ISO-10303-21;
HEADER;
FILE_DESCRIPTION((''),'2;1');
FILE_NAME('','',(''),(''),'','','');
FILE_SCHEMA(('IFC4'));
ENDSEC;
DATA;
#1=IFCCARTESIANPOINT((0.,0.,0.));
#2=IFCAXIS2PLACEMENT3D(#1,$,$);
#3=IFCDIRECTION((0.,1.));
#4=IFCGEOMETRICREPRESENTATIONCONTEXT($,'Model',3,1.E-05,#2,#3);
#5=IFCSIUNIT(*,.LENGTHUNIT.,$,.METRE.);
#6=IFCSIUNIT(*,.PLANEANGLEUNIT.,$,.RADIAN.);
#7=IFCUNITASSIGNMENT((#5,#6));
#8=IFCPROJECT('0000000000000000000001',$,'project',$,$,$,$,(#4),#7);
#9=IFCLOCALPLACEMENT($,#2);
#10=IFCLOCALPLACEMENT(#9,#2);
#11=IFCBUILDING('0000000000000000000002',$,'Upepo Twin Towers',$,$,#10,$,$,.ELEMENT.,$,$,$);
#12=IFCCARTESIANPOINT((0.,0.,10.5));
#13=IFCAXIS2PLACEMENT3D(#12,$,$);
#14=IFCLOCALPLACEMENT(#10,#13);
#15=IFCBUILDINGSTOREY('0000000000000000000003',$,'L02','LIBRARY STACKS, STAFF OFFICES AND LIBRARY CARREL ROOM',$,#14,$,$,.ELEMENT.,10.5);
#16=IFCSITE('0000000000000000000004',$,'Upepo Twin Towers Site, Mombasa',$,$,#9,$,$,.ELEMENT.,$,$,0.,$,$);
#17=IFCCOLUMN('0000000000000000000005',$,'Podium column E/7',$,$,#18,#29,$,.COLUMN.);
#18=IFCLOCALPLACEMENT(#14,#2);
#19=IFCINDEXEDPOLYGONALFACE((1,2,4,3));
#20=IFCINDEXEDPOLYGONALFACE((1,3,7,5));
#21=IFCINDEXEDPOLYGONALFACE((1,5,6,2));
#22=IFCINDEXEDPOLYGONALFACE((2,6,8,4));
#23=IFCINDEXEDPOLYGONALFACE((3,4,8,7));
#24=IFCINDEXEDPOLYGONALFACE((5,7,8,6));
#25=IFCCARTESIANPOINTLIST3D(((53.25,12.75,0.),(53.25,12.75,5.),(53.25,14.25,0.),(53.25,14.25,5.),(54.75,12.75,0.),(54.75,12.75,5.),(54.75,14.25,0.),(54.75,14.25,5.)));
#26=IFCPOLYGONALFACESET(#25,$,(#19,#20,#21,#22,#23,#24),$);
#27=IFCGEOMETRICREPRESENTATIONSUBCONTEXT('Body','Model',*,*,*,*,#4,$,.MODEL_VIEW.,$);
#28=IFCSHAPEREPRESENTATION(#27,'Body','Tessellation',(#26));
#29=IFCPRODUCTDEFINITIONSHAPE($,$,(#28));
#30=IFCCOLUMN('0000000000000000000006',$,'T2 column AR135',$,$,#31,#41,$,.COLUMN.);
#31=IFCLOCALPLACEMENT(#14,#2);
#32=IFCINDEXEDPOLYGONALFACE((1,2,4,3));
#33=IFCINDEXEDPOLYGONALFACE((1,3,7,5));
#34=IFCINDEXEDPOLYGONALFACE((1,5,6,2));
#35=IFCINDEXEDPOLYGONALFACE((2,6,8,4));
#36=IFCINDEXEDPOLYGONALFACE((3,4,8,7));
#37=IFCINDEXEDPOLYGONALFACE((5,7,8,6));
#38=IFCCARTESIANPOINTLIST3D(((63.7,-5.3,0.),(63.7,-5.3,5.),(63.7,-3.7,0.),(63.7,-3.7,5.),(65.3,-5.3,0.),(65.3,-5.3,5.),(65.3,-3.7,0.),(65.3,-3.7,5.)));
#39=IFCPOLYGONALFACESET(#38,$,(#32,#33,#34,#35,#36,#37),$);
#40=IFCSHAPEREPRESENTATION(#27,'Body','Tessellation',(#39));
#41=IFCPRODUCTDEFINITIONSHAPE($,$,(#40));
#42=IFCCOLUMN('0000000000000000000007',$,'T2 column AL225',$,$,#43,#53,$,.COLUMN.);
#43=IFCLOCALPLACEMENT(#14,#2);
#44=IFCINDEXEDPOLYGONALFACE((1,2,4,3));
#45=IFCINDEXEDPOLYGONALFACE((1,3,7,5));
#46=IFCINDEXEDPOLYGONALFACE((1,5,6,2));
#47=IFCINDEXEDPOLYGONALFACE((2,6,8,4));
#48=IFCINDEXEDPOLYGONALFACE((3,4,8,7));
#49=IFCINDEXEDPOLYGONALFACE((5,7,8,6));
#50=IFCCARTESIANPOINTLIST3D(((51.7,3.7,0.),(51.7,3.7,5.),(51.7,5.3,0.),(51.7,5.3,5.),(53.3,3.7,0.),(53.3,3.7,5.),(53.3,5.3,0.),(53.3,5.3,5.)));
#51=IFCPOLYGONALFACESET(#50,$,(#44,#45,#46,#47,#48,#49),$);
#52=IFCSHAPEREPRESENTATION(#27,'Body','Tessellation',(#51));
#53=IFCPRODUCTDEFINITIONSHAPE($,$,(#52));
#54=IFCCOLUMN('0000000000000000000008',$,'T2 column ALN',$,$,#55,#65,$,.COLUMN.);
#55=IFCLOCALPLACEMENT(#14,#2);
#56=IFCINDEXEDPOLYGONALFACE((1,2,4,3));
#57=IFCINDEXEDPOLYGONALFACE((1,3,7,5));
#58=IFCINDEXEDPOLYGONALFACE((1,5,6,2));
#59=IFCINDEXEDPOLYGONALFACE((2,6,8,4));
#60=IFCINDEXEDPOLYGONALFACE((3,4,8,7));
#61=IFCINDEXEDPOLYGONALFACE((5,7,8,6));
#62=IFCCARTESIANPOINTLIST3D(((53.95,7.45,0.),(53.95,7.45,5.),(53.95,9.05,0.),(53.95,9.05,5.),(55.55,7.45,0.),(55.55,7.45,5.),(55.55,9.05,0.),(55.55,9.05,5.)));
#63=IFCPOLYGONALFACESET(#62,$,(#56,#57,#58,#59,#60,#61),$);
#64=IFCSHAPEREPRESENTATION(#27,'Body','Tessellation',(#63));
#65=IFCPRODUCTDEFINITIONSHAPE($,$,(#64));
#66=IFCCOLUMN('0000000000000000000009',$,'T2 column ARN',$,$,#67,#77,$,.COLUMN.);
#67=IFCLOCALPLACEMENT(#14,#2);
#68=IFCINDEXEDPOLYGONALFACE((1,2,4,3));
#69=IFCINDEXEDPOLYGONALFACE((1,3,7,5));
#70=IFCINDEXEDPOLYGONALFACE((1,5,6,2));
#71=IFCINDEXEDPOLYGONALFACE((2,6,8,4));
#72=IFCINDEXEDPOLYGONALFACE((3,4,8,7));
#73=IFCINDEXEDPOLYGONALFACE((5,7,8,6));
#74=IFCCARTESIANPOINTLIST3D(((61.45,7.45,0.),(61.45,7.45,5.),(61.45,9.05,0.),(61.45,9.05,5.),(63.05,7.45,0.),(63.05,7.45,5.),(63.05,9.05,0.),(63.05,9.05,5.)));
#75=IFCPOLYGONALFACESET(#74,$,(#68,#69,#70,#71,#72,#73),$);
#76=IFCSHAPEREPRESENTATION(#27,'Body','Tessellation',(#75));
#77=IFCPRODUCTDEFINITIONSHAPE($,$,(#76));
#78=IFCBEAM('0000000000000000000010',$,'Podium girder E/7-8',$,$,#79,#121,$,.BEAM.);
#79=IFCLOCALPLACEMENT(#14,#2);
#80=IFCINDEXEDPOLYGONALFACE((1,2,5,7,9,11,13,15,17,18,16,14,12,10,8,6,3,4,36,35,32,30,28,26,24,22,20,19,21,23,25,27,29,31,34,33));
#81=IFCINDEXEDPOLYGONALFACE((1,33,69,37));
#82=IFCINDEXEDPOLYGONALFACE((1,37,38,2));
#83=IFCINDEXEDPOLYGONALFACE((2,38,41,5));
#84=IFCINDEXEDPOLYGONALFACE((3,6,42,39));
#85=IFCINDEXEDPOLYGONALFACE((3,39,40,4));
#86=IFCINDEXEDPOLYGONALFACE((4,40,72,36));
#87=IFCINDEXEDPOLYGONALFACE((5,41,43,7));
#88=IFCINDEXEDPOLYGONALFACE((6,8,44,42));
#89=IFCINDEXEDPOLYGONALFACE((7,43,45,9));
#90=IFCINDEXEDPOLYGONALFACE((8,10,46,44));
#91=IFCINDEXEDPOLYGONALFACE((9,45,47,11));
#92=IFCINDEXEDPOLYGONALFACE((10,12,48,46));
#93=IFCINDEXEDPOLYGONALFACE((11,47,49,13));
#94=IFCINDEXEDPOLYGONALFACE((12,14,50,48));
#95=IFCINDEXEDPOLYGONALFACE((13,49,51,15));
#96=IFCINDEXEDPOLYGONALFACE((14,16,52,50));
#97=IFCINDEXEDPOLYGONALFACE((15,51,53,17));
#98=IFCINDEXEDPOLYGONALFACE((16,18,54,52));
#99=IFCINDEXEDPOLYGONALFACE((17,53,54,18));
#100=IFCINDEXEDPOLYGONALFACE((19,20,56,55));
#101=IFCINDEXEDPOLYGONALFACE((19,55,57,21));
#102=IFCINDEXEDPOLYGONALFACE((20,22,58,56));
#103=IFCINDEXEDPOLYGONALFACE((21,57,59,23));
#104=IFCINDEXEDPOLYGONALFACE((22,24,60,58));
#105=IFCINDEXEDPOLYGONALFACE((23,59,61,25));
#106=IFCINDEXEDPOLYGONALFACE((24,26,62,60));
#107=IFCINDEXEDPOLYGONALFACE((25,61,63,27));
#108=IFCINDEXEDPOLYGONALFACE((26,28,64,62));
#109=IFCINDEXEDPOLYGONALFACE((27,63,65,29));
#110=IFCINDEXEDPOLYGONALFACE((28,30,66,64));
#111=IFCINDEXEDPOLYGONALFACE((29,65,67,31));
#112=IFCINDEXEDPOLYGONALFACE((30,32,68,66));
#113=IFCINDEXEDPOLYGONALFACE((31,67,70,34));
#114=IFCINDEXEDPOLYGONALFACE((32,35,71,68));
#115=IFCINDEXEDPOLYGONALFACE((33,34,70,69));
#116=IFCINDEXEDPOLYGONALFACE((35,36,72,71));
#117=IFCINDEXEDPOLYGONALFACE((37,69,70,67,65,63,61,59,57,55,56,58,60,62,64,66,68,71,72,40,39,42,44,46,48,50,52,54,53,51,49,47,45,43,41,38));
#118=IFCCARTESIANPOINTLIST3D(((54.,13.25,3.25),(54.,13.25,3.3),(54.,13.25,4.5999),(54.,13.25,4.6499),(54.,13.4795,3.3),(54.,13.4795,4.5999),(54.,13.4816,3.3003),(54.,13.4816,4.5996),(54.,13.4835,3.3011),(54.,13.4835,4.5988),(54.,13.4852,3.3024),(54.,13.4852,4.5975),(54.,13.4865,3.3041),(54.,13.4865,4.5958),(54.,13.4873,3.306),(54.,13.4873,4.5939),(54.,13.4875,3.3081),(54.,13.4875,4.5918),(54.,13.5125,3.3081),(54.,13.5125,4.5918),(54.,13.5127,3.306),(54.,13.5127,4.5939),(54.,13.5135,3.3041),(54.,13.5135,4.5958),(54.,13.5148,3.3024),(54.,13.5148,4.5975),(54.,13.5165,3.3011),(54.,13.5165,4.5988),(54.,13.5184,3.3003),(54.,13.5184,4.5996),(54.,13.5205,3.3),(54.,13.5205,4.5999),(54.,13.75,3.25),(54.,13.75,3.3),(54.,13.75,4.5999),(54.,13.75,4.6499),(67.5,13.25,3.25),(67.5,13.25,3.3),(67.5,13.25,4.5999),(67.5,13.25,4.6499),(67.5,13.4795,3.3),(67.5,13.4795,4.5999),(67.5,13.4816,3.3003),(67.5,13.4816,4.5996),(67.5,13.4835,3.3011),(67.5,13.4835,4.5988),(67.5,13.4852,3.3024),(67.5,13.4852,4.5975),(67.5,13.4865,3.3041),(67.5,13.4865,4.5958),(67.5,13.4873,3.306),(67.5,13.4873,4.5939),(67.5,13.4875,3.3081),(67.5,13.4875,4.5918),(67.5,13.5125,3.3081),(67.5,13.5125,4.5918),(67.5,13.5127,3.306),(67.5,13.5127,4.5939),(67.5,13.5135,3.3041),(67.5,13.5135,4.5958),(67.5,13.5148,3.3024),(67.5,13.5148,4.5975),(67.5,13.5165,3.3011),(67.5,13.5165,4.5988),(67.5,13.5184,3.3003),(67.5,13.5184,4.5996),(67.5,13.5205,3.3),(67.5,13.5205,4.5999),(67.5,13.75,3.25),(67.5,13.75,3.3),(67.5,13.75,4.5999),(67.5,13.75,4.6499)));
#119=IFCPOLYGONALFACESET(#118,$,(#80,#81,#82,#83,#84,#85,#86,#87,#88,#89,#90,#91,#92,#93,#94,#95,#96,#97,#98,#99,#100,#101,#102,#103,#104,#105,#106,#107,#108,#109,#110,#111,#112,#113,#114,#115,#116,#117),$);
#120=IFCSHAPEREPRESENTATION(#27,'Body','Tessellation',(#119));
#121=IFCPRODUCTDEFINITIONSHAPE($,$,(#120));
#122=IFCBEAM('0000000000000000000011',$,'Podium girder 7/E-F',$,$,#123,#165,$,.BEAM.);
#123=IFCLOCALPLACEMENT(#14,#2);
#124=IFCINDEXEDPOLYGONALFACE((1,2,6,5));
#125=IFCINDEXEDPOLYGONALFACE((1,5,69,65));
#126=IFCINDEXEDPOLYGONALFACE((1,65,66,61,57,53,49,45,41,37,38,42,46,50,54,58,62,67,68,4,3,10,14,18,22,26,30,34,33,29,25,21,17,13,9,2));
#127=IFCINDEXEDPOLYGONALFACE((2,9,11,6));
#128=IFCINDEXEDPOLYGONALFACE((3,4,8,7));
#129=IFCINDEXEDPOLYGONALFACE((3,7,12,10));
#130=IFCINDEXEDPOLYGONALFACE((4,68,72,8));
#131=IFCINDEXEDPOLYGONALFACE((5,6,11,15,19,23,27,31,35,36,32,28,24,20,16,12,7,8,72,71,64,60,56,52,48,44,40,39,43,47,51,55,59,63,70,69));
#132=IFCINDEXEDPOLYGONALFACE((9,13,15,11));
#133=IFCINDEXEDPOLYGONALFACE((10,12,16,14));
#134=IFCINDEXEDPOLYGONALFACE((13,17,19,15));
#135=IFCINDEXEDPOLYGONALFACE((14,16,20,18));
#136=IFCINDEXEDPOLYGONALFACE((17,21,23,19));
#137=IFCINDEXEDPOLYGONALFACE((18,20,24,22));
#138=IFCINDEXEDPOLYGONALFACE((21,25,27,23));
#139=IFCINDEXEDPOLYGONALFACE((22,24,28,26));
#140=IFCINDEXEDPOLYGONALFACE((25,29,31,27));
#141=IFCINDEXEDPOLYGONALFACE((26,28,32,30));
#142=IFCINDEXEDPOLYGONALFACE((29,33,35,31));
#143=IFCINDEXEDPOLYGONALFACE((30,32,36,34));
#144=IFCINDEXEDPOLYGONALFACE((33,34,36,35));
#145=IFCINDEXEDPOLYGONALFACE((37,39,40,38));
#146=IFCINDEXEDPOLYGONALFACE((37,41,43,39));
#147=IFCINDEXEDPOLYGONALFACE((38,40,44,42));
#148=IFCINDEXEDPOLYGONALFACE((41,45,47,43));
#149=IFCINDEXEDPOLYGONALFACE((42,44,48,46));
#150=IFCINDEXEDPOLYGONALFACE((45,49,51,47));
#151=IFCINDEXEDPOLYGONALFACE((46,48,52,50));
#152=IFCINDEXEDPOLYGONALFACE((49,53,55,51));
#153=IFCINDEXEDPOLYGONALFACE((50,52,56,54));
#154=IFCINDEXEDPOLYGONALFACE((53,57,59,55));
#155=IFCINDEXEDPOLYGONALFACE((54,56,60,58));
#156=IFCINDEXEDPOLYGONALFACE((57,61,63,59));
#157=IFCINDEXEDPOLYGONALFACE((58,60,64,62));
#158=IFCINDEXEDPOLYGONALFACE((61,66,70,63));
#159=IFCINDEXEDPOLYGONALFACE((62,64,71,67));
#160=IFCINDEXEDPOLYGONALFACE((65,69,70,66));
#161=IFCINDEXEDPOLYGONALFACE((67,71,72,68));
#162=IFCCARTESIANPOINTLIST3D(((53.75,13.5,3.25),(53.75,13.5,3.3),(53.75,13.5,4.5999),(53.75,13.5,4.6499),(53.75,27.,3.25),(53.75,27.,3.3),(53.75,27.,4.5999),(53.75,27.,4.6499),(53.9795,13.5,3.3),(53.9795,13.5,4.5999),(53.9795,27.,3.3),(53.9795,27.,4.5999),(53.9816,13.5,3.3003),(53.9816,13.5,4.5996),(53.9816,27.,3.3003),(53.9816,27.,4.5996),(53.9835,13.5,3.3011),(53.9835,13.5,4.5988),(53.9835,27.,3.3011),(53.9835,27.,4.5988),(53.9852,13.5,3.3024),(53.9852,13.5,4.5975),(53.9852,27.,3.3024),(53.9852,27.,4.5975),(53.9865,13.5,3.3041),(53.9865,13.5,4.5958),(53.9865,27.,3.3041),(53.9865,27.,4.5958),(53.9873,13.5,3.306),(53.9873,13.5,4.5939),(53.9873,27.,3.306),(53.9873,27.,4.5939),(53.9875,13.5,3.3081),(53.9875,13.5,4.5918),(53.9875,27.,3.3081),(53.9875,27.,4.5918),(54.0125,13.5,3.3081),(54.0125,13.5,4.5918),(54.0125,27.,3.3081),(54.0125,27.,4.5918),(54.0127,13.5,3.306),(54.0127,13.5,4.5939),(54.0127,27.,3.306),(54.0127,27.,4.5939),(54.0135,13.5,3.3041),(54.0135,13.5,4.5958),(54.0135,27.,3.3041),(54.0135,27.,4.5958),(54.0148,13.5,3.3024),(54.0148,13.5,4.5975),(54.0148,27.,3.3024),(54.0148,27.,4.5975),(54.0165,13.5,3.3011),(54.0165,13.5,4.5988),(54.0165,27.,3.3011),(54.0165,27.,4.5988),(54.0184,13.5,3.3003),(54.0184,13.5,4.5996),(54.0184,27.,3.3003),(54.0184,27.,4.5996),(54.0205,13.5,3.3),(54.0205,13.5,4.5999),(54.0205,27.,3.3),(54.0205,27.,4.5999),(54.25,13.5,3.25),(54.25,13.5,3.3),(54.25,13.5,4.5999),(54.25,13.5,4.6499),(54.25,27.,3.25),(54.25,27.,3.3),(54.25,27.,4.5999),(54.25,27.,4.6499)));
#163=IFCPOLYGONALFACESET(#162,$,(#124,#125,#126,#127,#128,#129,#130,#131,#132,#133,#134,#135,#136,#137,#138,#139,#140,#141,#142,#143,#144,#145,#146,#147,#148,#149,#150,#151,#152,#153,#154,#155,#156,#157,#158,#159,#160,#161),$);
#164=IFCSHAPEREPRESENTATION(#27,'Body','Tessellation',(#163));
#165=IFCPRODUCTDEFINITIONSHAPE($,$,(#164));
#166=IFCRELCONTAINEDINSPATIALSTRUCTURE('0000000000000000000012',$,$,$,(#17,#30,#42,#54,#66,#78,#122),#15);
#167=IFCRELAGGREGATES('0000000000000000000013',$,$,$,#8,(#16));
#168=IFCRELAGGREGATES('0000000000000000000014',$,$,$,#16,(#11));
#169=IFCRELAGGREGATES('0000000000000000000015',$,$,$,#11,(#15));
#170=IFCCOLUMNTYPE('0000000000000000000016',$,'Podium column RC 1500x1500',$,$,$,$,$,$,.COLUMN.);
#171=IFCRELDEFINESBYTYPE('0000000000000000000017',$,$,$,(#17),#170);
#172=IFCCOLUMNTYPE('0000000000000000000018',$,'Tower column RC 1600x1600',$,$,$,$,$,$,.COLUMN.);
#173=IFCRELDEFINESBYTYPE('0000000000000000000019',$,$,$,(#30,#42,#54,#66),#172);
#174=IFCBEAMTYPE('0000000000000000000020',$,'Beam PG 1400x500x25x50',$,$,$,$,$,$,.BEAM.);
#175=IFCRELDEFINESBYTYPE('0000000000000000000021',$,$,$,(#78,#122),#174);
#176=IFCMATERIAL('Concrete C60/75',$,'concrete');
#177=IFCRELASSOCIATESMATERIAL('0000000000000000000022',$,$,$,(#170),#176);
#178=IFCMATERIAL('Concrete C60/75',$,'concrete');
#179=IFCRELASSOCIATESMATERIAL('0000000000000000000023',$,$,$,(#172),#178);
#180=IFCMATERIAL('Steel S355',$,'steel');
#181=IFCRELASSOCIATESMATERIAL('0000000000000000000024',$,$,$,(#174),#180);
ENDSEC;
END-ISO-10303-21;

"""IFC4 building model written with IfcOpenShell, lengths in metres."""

from ifc_helpers import new_model, si_unit, direction, frame, origin, origin_2d, place, context, subcontext, project, spatial, rectangle, i_section, extrude, material, material_profile, profile_set, type_object, element, save


model = new_model("IFC4")

# Units and contexts
model_context = context("Model", 3, precision=1e-05, world=origin(), true_north=direction((0.0, 1.0)))
body_context = subcontext(model_context, "Body", "Model", "MODEL_VIEW")
ifc_project = project(units=[si_unit("LENGTHUNIT", "METRE"), si_unit("PLANEANGLEUNIT", "RADIAN")], contexts=[model_context])

# Site, building, storey
site_placement = place(None, origin())
site = spatial("IfcSite", under=ifc_project, at=site_placement, Name="Upepo Twin Towers Site, Mombasa", CompositionType="ELEMENT", RefElevation=0.0)
building_placement = place(site_placement, origin())
building = spatial("IfcBuilding", under=site, at=building_placement, Name="Upepo Twin Towers", CompositionType="ELEMENT")
storey_placement = place(building_placement, frame((0.0, 0.0, 10.5)))
storey = spatial("IfcBuildingStorey", under=building, at=storey_placement, Name="L02", Description="LIBRARY STACKS, STAFF OFFICES AND LIBRARY CARREL ROOM", CompositionType="ELEMENT", Elevation=10.5)

# Columns
ifc_material_1 = material(Name="Concrete C60/75", Category="concrete")
ifc_material_profile_1 = material_profile(ifc_material_1, rectangle(XDim=1.5, YDim=1.5, at=origin_2d()), Name="RC 1500x1500")
ifc_profile_set_1 = profile_set([ifc_material_profile_1], Name="Concrete C60/75")
column_type_1 = type_object("IfcColumnType", Name="Podium column RC 1500x1500", PredefinedType="COLUMN", material=ifc_profile_set_1)
column_placement = place(storey_placement, frame((54.0, 13.5, 0.0), z_axis=(0.0, 0.0, 1.0), x_axis=(1.0, 0.0, 0.0)))
element("IfcColumn", 1, at=column_placement, inside=storey, type_object=column_type_1, Name="Podium column E/7", PredefinedType="COLUMN", context=body_context, shape_type="SweptSolid", body=[
    extrude(rectangle(XDim=1.5, YDim=1.5, at=origin_2d()), origin(), (0.0, 0.0, 1.0), 5.0),
])
ifc_material_2 = material(Name="Concrete C60/75", Category="concrete")
ifc_material_profile_2 = material_profile(ifc_material_2, rectangle(XDim=1.6001, YDim=1.6001, at=origin_2d()), Name="RC 1600x1600")
ifc_profile_set_2 = profile_set([ifc_material_profile_2], Name="Concrete C60/75")
column_type_2 = type_object("IfcColumnType", Name="Tower column RC 1600x1600", PredefinedType="COLUMN", material=ifc_profile_set_2)
for number, where, z_axis, x_axis, name in (
    (2, (64.5, -4.5, 0.0), (0.0, 0.0, 1.0), (1.0, 0.0, 0.0), "T2 column AR135"),
    (3, (52.5, 4.5, 0.0), (0.0, 0.0, 1.0), (1.0, 0.0, 0.0), "T2 column AL225"),
    (4, (54.75, 8.25, 0.0), (0.0, 0.0, 1.0), (1.0, 0.0, 0.0), "T2 column ALN"),
    (5, (62.25, 8.25, 0.0), (0.0, 0.0, 1.0), (1.0, 0.0, 0.0), "T2 column ARN"),
):
    element("IfcColumn", number, at=place(storey_placement, frame(where, z_axis=z_axis, x_axis=x_axis)), inside=storey, type_object=column_type_2, Name=name, PredefinedType="COLUMN", context=body_context, shape_type="SweptSolid", body=[
        extrude(rectangle(XDim=1.6001, YDim=1.6001, at=origin_2d()), origin(), (0.0, 0.0, 1.0), 5.0),
    ])

# Beams
ifc_material_3 = material(Name="Steel S355", Category="steel")
ifc_material_profile_3 = material_profile(ifc_material_3, i_section(OverallWidth=0.5, OverallDepth=1.3999, WebThickness=0.0249, FlangeThickness=0.05, FilletRadius=0.0081, at=origin_2d()), Name="PG 1400x500x25x50")
ifc_profile_set_3 = profile_set([ifc_material_profile_3], Name="Steel S355")
beam_type_1 = type_object("IfcBeamType", Name="Beam PG 1400x500x25x50", PredefinedType="BEAM", material=ifc_profile_set_3)
for number, where, z_axis, x_axis, name in (
    (6, (54.0, 13.5, 3.95), (1.0, 0.0, 0.0), (0.0, 1.0, 0.0), "Podium girder E/7-8"),
    (7, (54.0, 13.5, 3.95), (0.0, 1.0, 0.0), (-1.0, 0.0, 0.0), "Podium girder 7/E-F"),
):
    element("IfcBeam", number, at=place(storey_placement, frame(where, z_axis=z_axis, x_axis=x_axis)), inside=storey, type_object=beam_type_1, Name=name, PredefinedType="BEAM", context=body_context, shape_type="SweptSolid", body=[
        extrude(i_section(OverallWidth=0.5, OverallDepth=1.3999, WebThickness=0.0249, FlangeThickness=0.05, FilletRadius=0.0081, at=origin_2d()), origin(), (0.0, 0.0, 1.0), 13.5),
    ])

save(model, "model.ifc")
